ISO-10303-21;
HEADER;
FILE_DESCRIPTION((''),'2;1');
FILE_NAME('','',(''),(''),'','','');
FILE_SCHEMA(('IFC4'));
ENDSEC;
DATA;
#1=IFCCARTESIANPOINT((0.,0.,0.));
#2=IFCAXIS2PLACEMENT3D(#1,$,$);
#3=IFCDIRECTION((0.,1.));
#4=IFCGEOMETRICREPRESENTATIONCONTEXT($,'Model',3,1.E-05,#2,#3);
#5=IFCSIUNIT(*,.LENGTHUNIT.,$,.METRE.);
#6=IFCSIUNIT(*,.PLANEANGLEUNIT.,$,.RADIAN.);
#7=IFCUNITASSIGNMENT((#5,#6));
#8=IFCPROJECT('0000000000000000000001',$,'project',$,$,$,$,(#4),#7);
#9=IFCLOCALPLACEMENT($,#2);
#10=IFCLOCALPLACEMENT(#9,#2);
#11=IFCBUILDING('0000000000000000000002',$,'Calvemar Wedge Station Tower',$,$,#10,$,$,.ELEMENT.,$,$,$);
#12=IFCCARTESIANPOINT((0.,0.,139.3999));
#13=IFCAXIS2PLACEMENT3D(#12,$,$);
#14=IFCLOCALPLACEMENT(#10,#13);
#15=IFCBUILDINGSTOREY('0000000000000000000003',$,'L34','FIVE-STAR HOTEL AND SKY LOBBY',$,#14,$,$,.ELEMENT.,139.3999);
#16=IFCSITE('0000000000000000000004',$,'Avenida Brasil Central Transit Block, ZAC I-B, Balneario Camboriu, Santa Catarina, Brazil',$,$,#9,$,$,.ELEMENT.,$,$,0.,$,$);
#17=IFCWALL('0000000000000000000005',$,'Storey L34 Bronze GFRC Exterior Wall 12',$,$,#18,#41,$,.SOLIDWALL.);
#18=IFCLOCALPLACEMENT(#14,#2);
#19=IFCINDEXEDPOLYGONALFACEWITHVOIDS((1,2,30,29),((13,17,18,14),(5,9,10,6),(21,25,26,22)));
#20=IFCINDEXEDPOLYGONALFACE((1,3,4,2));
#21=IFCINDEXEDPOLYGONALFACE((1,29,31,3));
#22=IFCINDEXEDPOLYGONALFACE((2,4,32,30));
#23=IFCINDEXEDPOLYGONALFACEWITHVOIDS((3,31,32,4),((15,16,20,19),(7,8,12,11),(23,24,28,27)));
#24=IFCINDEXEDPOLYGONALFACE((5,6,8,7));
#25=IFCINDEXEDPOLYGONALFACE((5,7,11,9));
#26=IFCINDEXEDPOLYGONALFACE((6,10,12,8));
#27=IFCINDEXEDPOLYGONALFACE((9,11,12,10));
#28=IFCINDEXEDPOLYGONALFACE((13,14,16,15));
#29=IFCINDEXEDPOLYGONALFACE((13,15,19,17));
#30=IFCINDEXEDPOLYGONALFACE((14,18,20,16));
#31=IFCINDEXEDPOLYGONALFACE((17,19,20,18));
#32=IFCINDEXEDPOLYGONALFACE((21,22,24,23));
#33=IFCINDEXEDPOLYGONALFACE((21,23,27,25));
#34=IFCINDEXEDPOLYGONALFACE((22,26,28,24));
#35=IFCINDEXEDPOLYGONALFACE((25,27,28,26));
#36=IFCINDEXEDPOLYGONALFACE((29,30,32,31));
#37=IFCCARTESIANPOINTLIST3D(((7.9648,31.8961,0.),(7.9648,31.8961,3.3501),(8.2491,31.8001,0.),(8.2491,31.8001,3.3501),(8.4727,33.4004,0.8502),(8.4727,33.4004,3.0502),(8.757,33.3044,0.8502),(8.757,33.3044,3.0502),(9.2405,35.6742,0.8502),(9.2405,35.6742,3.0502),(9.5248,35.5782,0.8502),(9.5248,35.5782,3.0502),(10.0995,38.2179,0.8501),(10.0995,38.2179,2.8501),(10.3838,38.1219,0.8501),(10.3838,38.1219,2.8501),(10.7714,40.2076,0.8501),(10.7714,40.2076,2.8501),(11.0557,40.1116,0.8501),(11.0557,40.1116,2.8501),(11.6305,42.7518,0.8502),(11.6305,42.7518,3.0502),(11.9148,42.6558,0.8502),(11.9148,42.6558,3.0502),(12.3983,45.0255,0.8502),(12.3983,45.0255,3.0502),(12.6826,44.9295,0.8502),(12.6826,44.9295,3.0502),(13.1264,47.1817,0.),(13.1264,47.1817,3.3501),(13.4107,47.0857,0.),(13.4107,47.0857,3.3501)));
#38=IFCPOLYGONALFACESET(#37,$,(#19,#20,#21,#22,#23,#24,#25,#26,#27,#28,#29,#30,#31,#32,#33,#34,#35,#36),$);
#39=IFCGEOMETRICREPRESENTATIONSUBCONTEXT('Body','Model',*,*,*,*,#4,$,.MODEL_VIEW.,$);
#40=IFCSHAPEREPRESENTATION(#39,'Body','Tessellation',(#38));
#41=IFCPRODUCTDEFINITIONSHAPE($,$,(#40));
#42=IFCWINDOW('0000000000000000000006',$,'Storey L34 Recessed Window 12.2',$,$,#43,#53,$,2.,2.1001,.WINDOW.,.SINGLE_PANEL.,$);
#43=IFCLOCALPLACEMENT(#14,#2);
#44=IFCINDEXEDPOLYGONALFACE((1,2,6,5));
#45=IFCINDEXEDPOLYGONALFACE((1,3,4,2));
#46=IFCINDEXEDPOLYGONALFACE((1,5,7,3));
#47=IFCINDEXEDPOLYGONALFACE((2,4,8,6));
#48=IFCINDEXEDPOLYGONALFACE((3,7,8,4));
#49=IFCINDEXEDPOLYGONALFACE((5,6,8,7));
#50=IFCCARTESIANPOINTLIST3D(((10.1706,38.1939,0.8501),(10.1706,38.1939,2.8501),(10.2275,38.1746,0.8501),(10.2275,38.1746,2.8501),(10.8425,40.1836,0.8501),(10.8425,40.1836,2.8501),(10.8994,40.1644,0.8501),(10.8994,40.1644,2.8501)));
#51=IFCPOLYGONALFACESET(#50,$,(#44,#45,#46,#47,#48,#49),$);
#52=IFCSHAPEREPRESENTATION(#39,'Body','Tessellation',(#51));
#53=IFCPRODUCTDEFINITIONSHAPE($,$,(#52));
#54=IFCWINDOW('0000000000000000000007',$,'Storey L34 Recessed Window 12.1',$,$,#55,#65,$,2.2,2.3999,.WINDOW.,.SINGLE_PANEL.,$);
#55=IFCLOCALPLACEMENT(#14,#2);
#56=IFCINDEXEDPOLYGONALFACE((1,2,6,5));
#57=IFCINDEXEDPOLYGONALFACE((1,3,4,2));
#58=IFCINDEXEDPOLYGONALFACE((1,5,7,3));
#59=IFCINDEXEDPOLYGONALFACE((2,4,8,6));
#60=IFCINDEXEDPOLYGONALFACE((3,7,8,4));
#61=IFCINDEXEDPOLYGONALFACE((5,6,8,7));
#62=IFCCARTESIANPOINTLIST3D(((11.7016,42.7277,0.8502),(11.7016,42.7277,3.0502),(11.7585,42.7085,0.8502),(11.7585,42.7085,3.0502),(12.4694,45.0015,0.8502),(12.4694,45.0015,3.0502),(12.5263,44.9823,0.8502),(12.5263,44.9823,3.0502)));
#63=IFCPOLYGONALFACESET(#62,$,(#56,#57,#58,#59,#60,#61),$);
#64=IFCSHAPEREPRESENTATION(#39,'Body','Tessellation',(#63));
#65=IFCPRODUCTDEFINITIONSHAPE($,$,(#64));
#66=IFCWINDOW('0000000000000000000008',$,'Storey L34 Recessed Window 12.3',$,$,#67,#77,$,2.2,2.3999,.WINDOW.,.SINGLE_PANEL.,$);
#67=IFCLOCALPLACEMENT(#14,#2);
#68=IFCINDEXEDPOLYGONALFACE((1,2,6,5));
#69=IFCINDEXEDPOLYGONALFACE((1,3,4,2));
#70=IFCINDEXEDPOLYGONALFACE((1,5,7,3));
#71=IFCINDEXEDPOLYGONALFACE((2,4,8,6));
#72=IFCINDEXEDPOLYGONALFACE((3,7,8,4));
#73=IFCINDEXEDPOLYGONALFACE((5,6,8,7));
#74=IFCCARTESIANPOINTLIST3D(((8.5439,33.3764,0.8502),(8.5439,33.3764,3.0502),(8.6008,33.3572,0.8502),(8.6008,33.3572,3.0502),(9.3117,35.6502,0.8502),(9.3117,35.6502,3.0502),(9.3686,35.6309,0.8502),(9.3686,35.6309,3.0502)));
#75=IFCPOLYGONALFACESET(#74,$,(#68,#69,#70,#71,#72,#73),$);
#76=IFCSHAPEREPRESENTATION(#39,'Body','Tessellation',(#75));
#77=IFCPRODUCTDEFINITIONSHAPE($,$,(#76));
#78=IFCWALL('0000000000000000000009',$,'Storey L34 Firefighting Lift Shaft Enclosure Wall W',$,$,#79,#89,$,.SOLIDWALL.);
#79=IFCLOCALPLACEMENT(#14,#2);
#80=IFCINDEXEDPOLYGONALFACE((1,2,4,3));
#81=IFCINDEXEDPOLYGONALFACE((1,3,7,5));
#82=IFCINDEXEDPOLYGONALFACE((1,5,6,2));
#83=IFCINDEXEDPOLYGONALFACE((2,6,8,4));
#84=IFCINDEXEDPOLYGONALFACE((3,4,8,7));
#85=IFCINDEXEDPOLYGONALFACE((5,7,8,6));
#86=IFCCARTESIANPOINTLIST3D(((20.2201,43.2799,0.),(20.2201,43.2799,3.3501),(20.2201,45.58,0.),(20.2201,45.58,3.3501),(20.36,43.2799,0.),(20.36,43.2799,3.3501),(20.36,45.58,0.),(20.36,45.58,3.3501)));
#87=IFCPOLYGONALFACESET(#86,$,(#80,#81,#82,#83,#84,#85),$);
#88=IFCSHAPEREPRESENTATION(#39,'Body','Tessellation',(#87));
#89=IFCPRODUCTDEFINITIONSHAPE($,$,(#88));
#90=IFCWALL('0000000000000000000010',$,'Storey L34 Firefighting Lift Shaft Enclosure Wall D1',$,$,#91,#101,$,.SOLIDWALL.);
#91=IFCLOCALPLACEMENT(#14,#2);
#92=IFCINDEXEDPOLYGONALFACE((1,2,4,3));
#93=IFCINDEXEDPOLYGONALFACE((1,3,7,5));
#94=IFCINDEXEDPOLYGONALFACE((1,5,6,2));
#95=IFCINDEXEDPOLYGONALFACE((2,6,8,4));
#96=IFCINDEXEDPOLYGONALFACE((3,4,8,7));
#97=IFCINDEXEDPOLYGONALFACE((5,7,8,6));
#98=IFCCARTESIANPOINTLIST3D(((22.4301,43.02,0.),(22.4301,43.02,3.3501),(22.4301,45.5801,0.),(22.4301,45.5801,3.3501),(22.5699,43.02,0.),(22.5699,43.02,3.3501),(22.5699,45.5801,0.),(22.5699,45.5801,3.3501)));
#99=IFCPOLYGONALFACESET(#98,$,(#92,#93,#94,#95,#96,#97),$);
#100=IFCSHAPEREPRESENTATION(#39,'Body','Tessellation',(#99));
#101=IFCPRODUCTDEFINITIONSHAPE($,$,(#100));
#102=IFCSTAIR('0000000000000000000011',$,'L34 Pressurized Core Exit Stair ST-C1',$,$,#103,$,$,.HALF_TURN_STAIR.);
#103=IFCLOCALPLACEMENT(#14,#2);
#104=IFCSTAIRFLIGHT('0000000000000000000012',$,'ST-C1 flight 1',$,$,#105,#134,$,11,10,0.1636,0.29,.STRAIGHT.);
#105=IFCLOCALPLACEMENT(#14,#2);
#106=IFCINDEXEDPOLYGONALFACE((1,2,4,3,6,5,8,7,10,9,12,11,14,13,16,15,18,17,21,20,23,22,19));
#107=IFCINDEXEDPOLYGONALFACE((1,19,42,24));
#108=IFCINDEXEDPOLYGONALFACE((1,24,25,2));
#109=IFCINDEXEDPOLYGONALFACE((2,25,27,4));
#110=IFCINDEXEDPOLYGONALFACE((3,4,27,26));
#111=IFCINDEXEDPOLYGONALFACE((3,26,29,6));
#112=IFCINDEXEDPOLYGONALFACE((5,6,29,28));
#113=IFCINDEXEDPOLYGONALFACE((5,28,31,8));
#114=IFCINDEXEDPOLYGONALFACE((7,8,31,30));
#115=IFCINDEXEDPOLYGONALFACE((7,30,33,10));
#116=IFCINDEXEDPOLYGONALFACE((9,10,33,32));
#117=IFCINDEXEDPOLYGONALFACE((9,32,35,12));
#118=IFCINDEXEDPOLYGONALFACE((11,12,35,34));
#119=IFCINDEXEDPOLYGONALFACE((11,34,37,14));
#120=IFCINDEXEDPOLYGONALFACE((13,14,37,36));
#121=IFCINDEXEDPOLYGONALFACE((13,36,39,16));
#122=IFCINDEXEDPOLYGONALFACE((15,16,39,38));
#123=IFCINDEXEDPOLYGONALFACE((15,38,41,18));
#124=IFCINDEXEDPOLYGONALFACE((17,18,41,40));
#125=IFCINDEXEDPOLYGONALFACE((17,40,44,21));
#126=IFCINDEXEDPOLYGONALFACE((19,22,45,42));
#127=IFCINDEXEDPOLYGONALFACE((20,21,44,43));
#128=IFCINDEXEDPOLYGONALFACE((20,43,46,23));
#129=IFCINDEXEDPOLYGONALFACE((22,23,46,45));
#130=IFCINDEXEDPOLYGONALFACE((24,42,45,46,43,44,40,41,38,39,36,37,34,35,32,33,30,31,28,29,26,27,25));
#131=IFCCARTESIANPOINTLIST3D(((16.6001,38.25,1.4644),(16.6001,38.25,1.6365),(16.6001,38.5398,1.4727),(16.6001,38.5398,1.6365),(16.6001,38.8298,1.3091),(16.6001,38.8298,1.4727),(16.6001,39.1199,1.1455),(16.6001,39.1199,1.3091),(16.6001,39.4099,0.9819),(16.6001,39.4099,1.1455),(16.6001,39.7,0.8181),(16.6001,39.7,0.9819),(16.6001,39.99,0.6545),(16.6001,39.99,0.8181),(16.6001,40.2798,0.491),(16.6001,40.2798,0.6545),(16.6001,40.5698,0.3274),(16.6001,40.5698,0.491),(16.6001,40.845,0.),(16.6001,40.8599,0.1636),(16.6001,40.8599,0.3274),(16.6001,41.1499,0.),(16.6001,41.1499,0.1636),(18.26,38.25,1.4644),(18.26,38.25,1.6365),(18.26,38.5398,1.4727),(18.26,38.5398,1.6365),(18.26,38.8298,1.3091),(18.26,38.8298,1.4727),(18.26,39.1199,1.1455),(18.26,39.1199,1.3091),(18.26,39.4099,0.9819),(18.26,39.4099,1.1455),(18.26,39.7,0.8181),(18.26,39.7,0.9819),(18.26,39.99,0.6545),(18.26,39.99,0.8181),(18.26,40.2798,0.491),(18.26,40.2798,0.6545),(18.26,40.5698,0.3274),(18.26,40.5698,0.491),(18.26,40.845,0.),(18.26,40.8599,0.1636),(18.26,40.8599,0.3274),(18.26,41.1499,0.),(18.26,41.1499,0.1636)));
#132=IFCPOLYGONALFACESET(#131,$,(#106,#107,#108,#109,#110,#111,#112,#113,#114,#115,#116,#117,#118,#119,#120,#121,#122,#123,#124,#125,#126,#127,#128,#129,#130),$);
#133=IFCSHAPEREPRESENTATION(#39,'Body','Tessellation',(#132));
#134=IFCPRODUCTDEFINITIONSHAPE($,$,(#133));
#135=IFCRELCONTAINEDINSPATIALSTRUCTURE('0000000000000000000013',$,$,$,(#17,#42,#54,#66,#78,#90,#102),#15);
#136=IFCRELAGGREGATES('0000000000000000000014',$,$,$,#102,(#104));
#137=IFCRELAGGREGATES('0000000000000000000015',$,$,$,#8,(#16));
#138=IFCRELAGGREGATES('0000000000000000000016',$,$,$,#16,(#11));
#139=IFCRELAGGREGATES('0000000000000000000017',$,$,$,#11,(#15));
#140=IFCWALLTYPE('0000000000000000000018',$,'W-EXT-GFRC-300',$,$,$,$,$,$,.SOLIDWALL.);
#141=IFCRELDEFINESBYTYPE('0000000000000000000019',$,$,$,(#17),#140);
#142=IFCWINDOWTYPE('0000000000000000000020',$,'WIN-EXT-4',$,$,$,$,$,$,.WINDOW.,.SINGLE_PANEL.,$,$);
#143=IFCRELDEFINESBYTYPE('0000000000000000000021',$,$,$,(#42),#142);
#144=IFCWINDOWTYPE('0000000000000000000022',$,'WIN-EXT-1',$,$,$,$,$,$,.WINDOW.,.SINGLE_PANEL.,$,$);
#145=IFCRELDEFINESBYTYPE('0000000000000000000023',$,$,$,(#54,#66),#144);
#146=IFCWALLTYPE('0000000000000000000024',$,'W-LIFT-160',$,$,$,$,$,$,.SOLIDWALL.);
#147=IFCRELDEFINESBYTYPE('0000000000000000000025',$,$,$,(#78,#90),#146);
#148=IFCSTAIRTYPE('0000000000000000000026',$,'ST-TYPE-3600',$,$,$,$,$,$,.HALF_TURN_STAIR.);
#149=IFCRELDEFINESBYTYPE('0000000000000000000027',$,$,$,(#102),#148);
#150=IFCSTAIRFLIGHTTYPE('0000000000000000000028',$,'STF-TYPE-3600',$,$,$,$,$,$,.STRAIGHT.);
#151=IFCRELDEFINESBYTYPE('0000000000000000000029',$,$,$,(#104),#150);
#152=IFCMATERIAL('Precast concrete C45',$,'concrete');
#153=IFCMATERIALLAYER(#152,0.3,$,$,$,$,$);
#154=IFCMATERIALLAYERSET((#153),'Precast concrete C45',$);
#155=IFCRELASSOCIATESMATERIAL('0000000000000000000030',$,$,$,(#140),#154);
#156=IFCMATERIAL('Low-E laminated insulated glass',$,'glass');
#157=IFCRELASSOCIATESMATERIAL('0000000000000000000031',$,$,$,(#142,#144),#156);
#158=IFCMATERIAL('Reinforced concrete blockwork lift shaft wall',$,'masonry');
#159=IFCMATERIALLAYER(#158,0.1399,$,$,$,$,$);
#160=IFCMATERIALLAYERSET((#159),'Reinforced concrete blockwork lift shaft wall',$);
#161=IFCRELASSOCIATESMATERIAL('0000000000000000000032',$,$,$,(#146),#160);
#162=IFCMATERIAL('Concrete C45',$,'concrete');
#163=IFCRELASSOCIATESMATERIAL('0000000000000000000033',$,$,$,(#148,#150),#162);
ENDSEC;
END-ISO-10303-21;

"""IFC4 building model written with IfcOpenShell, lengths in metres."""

from ifc_helpers import new_model, si_unit, direction, frame, frame_2d, origin, place, context, subcontext, project, spatial, polyline, rectangle, outline, extrude, source, transform, mapped, material, layer, layer_set, type_object, element, fill, aggregate, save


model = new_model("IFC4")

# Units and contexts
model_context = context("Model", 3, precision=1e-05, world=origin(), true_north=direction((0.0, 1.0)))
body_context = subcontext(model_context, "Body", "Model", "MODEL_VIEW")
ifc_project = project(units=[si_unit("LENGTHUNIT", "METRE"), si_unit("PLANEANGLEUNIT", "RADIAN")], contexts=[model_context])

# Site, building, storey
site_placement = place(None, origin())
site = spatial("IfcSite", under=ifc_project, at=site_placement, Name="Avenida Brasil Central Transit Block, ZAC I-B, Balneario Camboriu, Santa Catarina, Brazil", CompositionType="ELEMENT", RefElevation=0.0)
building_placement = place(site_placement, origin())
building = spatial("IfcBuilding", under=site, at=building_placement, Name="Calvemar Wedge Station Tower", CompositionType="ELEMENT")
storey_placement = place(building_placement, frame((0.0, 0.0, 139.3999)))
storey = spatial("IfcBuildingStorey", under=building, at=storey_placement, Name="L34", Description="FIVE-STAR HOTEL AND SKY LOBBY", CompositionType="ELEMENT", Elevation=139.3999)

# Wall, openings, windows
ifc_material_1 = material(Name="Precast concrete C45", Category="concrete")
ifc_layer_1 = layer(ifc_material_1, 0.3)
ifc_layer_set_1 = layer_set([ifc_layer_1], Name="Precast concrete C45")
wall_type_1 = type_object("IfcWallType", Name="W-EXT-GFRC-300", PredefinedType="SOLIDWALL", material=ifc_layer_set_1)
shared_shape_1 = source(origin(), body_context, "Body", "SweptSolid", [
    extrude(rectangle(XDim=2.1001, YDim=2.0, at=frame_2d((1.05, 1.0))), frame((0.0, 0.1602, 0.0), z_axis=(0.0, -1.0, 0.0), x_axis=(1.0, 0.0, 0.0)), (0.0, 0.0, 1.0), 0.3201),
])
ifc_material_2 = material(Name="Low-E laminated insulated glass", Category="glass")
window_type_1 = type_object("IfcWindowType", Name="WIN-EXT-4", PartitioningType="SINGLE_PANEL", PredefinedType="WINDOW", material=ifc_material_2)
shared_shape_2 = source(origin(), body_context, "Body", "SweptSolid", [
    extrude(rectangle(XDim=2.1001, YDim=2.0, at=frame_2d((1.05, 1.0))), frame((0.0, -0.0149, 0.0), z_axis=(0.0, -1.0, 0.0), x_axis=(1.0, 0.0, 0.0)), (0.0, 0.0, 1.0), 0.0601),
])
wall_1_placement = place(storey_placement, frame((13.2686, 47.1338, 0.0), z_axis=(0.0, 0.0, 1.0), x_axis=(-0.31993, -0.947441, 0.0)))
wall_1 = element("IfcWall", 1, at=wall_1_placement, inside=storey, type_object=wall_type_1, Name="Storey L34 Bronze GFRC Exterior Wall 12", PredefinedType="SOLIDWALL", context=body_context, shape_type="SweptSolid", body=[
    extrude(rectangle(XDim=16.1335, YDim=0.3, at=frame_2d((8.0669, 0.0))), origin(), (0.0, 0.0, 1.0), 3.3501),
])
shared_shape_3 = source(origin(), body_context, "Body", "SweptSolid", [
    extrude(rectangle(XDim=2.3999, YDim=2.2, at=frame_2d((1.2, 1.1001))), frame((0.0, 0.1602, 0.0), z_axis=(0.0, -1.0, 0.0), x_axis=(1.0, 0.0, 0.0)), (0.0, 0.0, 1.0), 0.3201),
])
opening_1_placement = place(wall_1_placement, frame((2.2759, 0.0, 0.8501)))
opening_1 = element("IfcOpeningElement", 2, at=opening_1_placement, cuts=wall_1, PredefinedType="OPENING", context=body_context, shape_type="MappedRepresentation", body=[
    mapped(shared_shape_3, transform((0.0, 0.0, 0.0), scale=1.0)),
])
opening_2_placement = place(wall_1_placement, frame((7.3611, 0.0, 0.8501)))
opening_2 = element("IfcOpeningElement", 3, at=opening_2_placement, cuts=wall_1, PredefinedType="OPENING", context=body_context, shape_type="MappedRepresentation", body=[
    mapped(shared_shape_1, transform((0.0, 0.0, 0.0), scale=1.0)),
])
opening_3_placement = place(wall_1_placement, frame((12.146, 0.0, 0.8501)))
opening_3 = element("IfcOpeningElement", 4, at=opening_3_placement, cuts=wall_1, PredefinedType="OPENING", context=body_context, shape_type="MappedRepresentation", body=[
    mapped(shared_shape_3, transform((0.0, 0.0, 0.0), scale=1.0)),
])
window_1_placement = place(opening_2_placement, origin())
window_1 = element("IfcWindow", 5, at=window_1_placement, inside=storey, type_object=window_type_1, Name="Storey L34 Recessed Window 12.2", OverallHeight=2.0, OverallWidth=2.1001, PartitioningType="SINGLE_PANEL", PredefinedType="WINDOW", context=body_context, shape_type="MappedRepresentation", body=[
    mapped(shared_shape_2, transform((0.0, 0.0, 0.0), scale=1.0)),
])
fill(opening_2, window_1)
window_type_2 = type_object("IfcWindowType", Name="WIN-EXT-1", PartitioningType="SINGLE_PANEL", PredefinedType="WINDOW", material=ifc_material_2)
shared_shape_4 = source(origin(), body_context, "Body", "SweptSolid", [
    extrude(rectangle(XDim=2.3999, YDim=2.2, at=frame_2d((1.2, 1.1001))), frame((0.0, -0.0149, 0.0), z_axis=(0.0, -1.0, 0.0), x_axis=(1.0, 0.0, 0.0)), (0.0, 0.0, 1.0), 0.0601),
])
window_2_placement = place(opening_1_placement, origin())
window_2 = element("IfcWindow", 6, at=window_2_placement, inside=storey, type_object=window_type_2, Name="Storey L34 Recessed Window 12.1", OverallHeight=2.2, OverallWidth=2.3999, PartitioningType="SINGLE_PANEL", PredefinedType="WINDOW", context=body_context, shape_type="MappedRepresentation", body=[
    mapped(shared_shape_4, transform((0.0, 0.0, 0.0), scale=1.0)),
])
fill(opening_1, window_2)
window_3_placement = place(opening_3_placement, origin())
window_3 = element("IfcWindow", 7, at=window_3_placement, inside=storey, type_object=window_type_2, Name="Storey L34 Recessed Window 12.3", OverallHeight=2.2, OverallWidth=2.3999, PartitioningType="SINGLE_PANEL", PredefinedType="WINDOW", context=body_context, shape_type="MappedRepresentation", body=[
    mapped(shared_shape_4, transform((0.0, 0.0, 0.0), scale=1.0)),
])
fill(opening_3, window_3)

# Shared definitions
ifc_material_3 = material(Name="Reinforced concrete blockwork lift shaft wall", Category="masonry")
ifc_layer_2 = layer(ifc_material_3, 0.1399)
ifc_layer_set_2 = layer_set([ifc_layer_2], Name="Reinforced concrete blockwork lift shaft wall")
wall_type_2 = type_object("IfcWallType", Name="W-LIFT-160", PredefinedType="SOLIDWALL", material=ifc_layer_set_2)

# Walls
wall_2_placement = place(storey_placement, frame((20.29, 43.28, 0.0), z_axis=(0.0, 0.0, 1.0), x_axis=(0.0, 1.0, 0.0)))
element("IfcWall", 8, at=wall_2_placement, inside=storey, type_object=wall_type_2, Name="Storey L34 Firefighting Lift Shaft Enclosure Wall W", PredefinedType="SOLIDWALL", context=body_context, shape_type="SweptSolid", body=[
    extrude(rectangle(XDim=2.3, YDim=0.1399, at=frame_2d((1.1499, 0.0))), origin(), (0.0, 0.0, 1.0), 3.3501),
])
wall_3_placement = place(storey_placement, frame((22.5, 43.02, 0.0), z_axis=(0.0, 0.0, 1.0), x_axis=(0.0, 1.0, 0.0)))
element("IfcWall", 9, at=wall_3_placement, inside=storey, type_object=wall_type_2, Name="Storey L34 Firefighting Lift Shaft Enclosure Wall D1", PredefinedType="SOLIDWALL", context=body_context, shape_type="SweptSolid", body=[
    extrude(rectangle(XDim=2.5601, YDim=0.1399, at=frame_2d((1.28, 0.0))), origin(), (0.0, 0.0, 1.0), 3.3501),
])

# Stair, stair flight
ifc_material_4 = material(Name="Concrete C45", Category="concrete")
stair_type = type_object("IfcStairType", Name="ST-TYPE-3600", PredefinedType="HALF_TURN_STAIR", material=ifc_material_4)
stair_placement = place(storey_placement, origin())
stair = element("IfcStair", 10, at=stair_placement, inside=storey, type_object=stair_type, Name="L34 Pressurized Core Exit Stair ST-C1", PredefinedType="HALF_TURN_STAIR")
stair_flight_type = type_object("IfcStairFlightType", Name="STF-TYPE-3600", PredefinedType="STRAIGHT", material=ifc_material_4)
stair_flight_placement = place(storey_placement, frame((17.4299, 41.1499, 0.0), z_axis=(0.0, 0.0, 1.0), x_axis=(0.0, -1.0, 0.0)))
stair_flight = element("IfcStairFlight", 11, at=stair_flight_placement, type_object=stair_flight_type, Name="ST-C1 flight 1", NumberOfRisers=11, NumberOfTreads=10, PredefinedType="STRAIGHT", RiserHeight=0.1636, TreadLength=0.29, context=body_context, shape_type="SweptSolid", body=[
    extrude(outline(polyline([(0.0, 0.0), (0.0, 0.1636), (0.29, 0.1636), (0.29, 0.3274), (0.5801, 0.3274), (0.5801, 0.491), (0.8701, 0.491), (0.8701, 0.6545), (1.1599, 0.6545), (1.1599, 0.8181), (1.45, 0.8181), (1.45, 0.9819), (1.74, 0.9819), (1.74, 1.1455), (2.03, 1.1455), (2.03, 1.3091), (2.3201, 1.3091), (2.3201, 1.4727), (2.6101, 1.4727), (2.6101, 1.6365), (2.8999, 1.6365), (2.8999, 1.8), (2.8999, 1.4644), (0.3049, 0.0), (0.0, 0.0)])), frame((0.0, 0.8301, 0.0), z_axis=(0.0, -1.0, 0.0), x_axis=(1.0, 0.0, 0.0)), (0.0, 0.0, 1.0), 1.6599),
])
aggregate(stair, [stair_flight])

save(model, "model.ifc")
